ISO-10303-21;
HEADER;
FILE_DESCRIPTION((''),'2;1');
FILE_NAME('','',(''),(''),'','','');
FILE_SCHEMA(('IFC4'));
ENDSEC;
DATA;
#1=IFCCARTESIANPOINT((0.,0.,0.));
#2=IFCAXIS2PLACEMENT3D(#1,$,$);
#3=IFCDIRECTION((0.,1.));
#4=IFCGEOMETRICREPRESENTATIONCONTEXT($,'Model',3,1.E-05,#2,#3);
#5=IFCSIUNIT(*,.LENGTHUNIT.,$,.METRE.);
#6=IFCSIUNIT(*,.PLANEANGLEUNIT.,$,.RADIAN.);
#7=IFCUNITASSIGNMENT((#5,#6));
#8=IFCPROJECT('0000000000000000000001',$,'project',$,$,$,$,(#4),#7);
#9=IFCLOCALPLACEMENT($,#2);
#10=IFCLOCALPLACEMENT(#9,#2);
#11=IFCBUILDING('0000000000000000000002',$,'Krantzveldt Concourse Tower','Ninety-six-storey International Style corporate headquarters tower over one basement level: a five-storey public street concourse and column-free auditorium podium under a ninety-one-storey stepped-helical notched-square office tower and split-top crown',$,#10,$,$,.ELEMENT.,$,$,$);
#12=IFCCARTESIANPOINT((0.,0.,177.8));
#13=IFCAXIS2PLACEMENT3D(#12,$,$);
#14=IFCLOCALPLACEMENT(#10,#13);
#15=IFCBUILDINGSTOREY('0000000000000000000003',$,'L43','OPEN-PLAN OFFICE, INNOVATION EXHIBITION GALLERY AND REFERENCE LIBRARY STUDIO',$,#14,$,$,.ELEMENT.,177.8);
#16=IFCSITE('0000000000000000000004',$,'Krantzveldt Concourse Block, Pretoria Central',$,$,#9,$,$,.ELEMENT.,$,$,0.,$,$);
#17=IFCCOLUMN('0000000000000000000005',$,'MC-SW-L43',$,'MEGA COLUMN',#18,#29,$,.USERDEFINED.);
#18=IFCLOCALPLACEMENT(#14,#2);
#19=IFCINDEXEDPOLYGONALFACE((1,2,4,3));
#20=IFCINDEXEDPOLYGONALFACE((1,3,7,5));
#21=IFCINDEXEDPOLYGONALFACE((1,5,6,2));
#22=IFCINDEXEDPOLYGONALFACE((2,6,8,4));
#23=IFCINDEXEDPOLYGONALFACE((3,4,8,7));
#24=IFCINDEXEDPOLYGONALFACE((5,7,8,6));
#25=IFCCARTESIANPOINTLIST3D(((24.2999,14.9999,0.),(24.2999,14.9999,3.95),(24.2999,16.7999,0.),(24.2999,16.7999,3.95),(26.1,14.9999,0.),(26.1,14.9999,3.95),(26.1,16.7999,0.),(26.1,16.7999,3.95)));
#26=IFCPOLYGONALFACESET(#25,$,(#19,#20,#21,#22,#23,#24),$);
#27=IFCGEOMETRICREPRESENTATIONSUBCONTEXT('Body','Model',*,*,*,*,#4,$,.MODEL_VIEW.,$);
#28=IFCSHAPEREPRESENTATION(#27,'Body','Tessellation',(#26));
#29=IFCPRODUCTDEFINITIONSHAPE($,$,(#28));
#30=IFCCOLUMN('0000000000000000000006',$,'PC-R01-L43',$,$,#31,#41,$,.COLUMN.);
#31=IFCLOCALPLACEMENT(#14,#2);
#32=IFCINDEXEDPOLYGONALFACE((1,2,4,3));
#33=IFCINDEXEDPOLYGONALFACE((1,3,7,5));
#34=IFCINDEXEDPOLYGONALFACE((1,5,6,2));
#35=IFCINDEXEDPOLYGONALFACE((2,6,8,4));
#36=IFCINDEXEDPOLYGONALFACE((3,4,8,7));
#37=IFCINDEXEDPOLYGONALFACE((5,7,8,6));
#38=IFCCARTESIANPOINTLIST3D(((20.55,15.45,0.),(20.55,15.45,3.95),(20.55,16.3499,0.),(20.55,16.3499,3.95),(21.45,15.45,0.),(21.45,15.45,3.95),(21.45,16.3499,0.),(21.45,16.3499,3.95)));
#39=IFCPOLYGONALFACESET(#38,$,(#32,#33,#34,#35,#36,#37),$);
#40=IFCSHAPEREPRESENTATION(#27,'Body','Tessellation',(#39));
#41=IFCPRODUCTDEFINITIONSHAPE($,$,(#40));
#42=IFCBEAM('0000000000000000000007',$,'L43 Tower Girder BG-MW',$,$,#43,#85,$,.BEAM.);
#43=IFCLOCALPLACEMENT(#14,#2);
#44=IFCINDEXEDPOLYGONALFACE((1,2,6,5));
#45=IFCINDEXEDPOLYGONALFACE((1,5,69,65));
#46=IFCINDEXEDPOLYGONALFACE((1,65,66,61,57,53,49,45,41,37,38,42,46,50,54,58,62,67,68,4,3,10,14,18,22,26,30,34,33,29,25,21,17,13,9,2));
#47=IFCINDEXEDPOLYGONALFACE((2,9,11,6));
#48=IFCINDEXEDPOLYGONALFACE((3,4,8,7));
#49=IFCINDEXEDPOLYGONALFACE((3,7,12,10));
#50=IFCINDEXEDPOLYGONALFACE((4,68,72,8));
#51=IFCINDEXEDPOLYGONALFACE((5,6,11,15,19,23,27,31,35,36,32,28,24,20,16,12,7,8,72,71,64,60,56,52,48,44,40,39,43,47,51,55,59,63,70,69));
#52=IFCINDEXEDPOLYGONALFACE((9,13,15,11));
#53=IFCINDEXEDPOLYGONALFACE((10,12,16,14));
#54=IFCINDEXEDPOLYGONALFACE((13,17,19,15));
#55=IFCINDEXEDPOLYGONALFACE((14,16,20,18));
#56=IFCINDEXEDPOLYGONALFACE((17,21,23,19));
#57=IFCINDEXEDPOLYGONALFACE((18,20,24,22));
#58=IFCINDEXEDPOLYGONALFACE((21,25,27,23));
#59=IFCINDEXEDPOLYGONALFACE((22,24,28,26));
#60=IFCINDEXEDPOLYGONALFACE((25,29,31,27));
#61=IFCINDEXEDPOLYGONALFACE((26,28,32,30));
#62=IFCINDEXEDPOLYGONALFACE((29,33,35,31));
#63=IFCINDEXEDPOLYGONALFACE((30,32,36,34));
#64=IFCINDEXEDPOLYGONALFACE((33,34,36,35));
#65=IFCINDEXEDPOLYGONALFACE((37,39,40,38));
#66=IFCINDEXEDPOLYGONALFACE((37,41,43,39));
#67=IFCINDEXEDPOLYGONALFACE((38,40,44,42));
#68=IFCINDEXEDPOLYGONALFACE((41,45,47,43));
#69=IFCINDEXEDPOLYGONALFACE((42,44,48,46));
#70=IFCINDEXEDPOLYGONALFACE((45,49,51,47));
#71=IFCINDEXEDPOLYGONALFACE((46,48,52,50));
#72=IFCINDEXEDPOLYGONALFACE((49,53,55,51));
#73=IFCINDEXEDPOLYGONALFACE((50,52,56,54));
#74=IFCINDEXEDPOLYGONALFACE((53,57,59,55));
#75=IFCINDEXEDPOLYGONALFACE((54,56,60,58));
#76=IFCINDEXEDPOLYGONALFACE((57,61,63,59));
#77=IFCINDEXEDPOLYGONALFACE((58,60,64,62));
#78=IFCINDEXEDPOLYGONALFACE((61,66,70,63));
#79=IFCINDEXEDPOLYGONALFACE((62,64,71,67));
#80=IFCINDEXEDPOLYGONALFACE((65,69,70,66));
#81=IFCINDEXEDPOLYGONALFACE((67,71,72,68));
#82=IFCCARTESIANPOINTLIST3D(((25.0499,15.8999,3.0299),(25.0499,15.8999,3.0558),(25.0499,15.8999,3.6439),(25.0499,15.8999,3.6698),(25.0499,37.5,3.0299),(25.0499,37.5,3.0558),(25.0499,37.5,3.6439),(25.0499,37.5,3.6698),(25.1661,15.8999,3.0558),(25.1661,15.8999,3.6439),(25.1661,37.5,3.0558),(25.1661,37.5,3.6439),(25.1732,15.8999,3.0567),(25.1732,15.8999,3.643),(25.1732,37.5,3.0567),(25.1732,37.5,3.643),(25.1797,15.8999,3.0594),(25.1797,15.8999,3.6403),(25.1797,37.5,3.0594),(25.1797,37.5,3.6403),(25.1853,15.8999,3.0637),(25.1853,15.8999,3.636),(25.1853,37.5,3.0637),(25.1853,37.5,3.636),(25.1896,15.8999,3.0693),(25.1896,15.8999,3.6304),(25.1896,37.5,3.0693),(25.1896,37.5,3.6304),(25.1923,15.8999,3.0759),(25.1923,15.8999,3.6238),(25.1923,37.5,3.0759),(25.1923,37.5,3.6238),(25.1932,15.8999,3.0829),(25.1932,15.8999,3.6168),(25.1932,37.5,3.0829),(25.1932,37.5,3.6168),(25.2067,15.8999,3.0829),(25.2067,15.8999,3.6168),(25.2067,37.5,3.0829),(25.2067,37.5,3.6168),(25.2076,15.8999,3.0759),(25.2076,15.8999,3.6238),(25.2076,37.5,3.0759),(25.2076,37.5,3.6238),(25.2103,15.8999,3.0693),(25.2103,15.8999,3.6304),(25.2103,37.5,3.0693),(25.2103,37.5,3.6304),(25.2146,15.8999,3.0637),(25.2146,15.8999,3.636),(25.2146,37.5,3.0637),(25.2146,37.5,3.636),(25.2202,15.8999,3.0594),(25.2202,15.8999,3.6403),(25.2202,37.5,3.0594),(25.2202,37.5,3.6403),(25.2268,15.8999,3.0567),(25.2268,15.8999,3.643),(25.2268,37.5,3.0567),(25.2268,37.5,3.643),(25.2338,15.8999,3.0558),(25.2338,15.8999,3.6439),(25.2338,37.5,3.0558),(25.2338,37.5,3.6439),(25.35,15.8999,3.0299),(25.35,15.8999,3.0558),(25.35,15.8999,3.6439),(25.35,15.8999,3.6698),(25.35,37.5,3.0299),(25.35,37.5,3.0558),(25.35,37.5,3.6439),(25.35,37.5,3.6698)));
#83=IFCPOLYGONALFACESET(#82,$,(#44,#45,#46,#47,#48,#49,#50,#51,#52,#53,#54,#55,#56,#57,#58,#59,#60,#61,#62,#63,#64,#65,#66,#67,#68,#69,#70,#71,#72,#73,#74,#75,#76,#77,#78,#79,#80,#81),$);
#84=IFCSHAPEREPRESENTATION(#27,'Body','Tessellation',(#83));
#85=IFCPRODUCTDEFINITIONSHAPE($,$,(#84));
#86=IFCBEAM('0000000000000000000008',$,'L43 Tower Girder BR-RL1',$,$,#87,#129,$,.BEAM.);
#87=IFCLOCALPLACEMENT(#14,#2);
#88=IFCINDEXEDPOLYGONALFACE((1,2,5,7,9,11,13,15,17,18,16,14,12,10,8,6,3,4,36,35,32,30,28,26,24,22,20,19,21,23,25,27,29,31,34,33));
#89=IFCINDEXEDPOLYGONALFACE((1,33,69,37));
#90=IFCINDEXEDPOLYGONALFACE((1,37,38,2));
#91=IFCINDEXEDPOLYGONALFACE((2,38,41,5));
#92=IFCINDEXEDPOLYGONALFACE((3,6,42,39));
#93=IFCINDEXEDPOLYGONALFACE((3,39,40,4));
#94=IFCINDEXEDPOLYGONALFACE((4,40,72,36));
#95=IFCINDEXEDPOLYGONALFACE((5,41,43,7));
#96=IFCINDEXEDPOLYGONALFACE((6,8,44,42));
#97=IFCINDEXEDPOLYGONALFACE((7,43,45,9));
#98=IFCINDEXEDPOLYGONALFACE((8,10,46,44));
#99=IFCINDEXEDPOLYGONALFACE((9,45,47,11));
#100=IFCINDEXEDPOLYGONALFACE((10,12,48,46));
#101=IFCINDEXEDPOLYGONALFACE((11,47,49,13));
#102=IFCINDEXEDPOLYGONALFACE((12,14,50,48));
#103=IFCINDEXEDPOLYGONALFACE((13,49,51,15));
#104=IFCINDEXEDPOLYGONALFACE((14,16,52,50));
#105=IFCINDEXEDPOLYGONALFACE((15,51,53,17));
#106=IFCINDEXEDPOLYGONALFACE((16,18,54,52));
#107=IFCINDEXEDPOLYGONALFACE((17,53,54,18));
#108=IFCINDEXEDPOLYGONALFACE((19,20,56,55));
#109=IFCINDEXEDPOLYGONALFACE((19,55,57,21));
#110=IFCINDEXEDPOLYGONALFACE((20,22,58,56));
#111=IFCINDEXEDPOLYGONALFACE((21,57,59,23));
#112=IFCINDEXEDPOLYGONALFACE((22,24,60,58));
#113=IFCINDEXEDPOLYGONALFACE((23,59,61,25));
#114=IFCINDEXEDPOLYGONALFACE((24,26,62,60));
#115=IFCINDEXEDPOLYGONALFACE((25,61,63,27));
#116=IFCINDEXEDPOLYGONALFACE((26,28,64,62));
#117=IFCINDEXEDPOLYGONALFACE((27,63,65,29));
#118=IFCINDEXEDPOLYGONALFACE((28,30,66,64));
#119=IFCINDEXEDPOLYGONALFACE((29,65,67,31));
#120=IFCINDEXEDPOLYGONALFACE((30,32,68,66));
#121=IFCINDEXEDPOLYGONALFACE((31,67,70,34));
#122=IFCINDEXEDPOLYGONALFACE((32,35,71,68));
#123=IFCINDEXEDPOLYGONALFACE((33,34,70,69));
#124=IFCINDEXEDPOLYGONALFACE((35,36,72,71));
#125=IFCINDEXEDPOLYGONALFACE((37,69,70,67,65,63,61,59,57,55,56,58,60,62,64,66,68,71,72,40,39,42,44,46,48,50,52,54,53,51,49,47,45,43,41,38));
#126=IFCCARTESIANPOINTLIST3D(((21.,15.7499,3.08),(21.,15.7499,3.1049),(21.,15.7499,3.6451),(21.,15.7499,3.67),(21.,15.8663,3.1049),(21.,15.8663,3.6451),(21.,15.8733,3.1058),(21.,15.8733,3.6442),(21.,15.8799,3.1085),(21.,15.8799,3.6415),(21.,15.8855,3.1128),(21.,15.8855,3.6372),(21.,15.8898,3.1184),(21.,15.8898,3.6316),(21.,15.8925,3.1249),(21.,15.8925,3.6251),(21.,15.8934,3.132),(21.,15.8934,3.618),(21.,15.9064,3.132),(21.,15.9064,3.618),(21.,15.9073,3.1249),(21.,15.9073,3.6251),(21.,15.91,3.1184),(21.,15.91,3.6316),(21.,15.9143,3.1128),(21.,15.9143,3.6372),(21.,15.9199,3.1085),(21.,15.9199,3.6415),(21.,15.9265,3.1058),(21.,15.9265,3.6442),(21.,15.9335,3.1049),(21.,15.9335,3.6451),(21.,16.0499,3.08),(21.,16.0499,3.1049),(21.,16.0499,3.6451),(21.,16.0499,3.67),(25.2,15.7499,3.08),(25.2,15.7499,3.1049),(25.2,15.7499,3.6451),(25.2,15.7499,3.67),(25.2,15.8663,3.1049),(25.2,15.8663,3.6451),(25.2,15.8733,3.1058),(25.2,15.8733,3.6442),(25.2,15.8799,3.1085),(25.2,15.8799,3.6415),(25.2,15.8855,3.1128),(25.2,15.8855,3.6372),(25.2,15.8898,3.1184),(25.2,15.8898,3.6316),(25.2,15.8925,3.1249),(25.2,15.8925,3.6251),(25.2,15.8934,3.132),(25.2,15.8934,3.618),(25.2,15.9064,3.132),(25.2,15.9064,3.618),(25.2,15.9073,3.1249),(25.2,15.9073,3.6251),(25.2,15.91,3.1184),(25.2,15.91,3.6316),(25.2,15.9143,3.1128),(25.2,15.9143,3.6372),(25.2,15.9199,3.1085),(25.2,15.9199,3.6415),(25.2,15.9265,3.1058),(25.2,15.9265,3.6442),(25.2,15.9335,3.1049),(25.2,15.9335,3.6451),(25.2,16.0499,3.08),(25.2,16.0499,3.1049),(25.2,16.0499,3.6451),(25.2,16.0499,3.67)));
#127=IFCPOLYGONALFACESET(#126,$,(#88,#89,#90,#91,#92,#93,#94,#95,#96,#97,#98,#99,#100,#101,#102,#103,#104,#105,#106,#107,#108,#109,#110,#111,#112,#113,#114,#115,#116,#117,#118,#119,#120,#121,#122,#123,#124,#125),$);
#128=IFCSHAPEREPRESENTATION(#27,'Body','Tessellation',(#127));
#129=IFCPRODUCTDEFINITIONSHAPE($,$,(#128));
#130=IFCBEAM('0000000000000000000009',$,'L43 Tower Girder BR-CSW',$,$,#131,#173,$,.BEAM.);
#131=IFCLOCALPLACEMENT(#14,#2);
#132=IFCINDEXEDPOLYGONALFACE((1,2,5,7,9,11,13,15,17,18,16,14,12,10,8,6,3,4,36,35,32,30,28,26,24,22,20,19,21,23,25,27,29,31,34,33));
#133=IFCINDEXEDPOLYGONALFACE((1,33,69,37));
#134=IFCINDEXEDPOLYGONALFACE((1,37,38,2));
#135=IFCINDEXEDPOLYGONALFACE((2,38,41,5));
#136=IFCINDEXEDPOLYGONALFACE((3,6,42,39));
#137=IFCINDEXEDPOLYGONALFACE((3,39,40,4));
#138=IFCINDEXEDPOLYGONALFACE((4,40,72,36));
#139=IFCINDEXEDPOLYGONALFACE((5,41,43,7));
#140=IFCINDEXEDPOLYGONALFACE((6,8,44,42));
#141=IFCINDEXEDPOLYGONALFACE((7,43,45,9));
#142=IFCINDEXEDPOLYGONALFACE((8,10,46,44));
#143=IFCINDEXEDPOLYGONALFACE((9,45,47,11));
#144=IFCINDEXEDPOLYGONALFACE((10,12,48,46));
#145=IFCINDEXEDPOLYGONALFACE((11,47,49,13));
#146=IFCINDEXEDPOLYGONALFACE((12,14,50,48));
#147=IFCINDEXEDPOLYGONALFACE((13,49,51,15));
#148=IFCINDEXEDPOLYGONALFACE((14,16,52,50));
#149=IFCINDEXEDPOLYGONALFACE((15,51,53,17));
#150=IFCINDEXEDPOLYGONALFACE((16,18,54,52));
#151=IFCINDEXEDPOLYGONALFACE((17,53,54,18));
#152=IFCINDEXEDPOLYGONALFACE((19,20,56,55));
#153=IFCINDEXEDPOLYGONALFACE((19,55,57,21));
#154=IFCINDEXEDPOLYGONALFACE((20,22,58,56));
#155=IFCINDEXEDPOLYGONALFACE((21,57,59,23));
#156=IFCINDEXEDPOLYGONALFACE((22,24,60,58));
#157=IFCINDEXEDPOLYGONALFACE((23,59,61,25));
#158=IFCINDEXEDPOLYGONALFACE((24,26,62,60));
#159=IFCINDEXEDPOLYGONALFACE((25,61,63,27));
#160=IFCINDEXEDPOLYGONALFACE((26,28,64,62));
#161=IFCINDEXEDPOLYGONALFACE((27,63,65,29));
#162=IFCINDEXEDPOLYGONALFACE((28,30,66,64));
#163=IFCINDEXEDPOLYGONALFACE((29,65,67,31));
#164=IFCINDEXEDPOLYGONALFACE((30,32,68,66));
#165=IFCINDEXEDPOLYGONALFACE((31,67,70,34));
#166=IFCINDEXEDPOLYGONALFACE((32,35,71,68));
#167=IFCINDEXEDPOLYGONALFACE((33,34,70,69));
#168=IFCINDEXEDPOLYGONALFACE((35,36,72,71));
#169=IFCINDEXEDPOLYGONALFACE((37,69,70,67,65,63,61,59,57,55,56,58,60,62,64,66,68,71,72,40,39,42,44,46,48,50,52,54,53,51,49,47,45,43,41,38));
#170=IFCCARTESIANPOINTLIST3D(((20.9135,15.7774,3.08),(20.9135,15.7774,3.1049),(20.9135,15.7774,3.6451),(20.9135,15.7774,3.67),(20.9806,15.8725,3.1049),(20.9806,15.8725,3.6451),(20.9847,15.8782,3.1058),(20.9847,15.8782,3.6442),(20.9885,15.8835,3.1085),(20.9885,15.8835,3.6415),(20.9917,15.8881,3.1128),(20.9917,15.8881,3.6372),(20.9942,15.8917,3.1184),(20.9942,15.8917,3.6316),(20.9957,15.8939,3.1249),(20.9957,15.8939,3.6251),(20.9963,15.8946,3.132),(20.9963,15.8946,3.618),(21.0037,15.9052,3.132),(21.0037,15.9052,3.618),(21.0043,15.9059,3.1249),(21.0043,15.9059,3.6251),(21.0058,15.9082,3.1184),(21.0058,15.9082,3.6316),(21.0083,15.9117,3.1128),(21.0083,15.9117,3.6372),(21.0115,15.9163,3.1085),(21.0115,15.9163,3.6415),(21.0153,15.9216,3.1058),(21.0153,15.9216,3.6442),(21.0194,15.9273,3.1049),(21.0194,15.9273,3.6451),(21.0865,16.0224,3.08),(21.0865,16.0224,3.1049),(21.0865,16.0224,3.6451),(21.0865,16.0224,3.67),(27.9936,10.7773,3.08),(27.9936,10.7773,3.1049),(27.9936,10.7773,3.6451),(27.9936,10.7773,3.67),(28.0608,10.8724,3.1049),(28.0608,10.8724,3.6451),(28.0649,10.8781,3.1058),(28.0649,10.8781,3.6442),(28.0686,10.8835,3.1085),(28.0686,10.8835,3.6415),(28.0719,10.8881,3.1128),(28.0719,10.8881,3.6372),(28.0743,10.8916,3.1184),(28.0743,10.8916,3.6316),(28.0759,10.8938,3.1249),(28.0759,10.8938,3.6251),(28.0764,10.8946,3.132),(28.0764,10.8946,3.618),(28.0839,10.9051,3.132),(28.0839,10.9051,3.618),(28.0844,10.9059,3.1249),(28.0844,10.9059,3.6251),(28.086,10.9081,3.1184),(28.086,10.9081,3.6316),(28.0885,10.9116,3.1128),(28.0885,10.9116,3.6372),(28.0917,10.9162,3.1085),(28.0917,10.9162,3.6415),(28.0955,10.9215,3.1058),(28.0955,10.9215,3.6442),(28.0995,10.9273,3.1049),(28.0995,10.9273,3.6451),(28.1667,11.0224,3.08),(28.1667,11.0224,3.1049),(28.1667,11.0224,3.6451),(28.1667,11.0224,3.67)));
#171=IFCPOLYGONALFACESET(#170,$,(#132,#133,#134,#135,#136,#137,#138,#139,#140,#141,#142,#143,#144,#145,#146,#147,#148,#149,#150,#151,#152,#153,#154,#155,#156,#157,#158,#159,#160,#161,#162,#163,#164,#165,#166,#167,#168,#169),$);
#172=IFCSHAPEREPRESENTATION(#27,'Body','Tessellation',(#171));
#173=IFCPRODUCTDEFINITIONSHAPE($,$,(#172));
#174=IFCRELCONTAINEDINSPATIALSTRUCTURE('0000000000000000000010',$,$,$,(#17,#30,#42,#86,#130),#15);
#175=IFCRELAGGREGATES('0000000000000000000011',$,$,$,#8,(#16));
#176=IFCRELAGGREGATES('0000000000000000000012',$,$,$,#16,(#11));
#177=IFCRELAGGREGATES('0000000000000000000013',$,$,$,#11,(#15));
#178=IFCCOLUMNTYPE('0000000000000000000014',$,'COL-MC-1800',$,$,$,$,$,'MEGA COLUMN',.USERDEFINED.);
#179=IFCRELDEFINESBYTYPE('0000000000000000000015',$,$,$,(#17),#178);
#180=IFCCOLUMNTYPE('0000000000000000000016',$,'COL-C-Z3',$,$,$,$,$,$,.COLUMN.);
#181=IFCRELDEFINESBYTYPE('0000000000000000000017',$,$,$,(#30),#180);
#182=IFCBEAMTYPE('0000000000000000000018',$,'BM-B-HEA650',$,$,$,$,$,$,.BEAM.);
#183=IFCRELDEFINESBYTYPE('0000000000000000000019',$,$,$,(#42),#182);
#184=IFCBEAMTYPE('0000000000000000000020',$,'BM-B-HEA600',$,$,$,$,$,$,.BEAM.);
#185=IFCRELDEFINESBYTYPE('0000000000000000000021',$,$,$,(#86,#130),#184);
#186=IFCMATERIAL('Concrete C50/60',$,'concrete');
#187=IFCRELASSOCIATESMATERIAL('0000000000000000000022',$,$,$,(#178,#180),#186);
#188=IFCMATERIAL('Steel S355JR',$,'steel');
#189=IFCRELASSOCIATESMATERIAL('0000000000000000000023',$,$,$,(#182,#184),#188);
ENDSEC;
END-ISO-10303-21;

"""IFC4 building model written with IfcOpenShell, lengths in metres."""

from ifc_helpers import new_model, si_unit, direction, frame, origin, origin_2d, place, context, subcontext, project, spatial, rectangle, i_section, extrude, source, transform, mapped, material, material_profile, profile_set, type_object, type_shapes, element, save


model = new_model("IFC4")

# Units and contexts
model_context = context("Model", 3, precision=1e-05, world=origin(), true_north=direction((0.0, 1.0)))
body_context = subcontext(model_context, "Body", "Model", "MODEL_VIEW")
ifc_project = project(units=[si_unit("LENGTHUNIT", "METRE"), si_unit("PLANEANGLEUNIT", "RADIAN")], contexts=[model_context])

# Site, building, storey
site_placement = place(None, origin())
site = spatial("IfcSite", under=ifc_project, at=site_placement, Name="Krantzveldt Concourse Block, Pretoria Central", CompositionType="ELEMENT", RefElevation=0.0)
building_placement = place(site_placement, origin())
building = spatial("IfcBuilding", under=site, at=building_placement, Name="Krantzveldt Concourse Tower", Description="Ninety-six-storey International Style corporate headquarters tower over one basement level: a five-storey public street concourse and column-free auditorium podium under a ninety-one-storey stepped-helical notched-square office tower and split-top crown", CompositionType="ELEMENT")
storey_placement = place(building_placement, frame((0.0, 0.0, 177.8)))
storey = spatial("IfcBuildingStorey", under=building, at=storey_placement, Name="L43", Description="OPEN-PLAN OFFICE, INNOVATION EXHIBITION GALLERY AND REFERENCE LIBRARY STUDIO", CompositionType="ELEMENT", Elevation=177.8)

# Columns
ifc_material_1 = material(Name="Concrete C50/60", Category="concrete")
ifc_material_profile_1 = material_profile(ifc_material_1, rectangle(XDim=1.8, YDim=1.8, at=origin_2d()), Name="Concrete C50/60", Category="concrete")
ifc_profile_set_1 = profile_set([ifc_material_profile_1], Name="Concrete C50/60 - RC 1800x1800")
column_type_1 = type_object("IfcColumnType", Name="COL-MC-1800", ElementType="MEGA COLUMN", PredefinedType="USERDEFINED", material=ifc_profile_set_1)
shared_shape_1 = source(origin(), body_context, "Body", "SweptSolid", [
    extrude(rectangle(XDim=1.8, YDim=1.8, at=origin_2d()), origin(), (0.0, 0.0, 1.0), 3.95),
])
type_shapes(column_type_1, [shared_shape_1])
column_1_placement = place(storey_placement, frame((25.2, 15.8999, 0.0), z_axis=(0.0, 0.0, 1.0), x_axis=(1.0, 0.0, 0.0)))
element("IfcColumn", 1, at=column_1_placement, inside=storey, type_object=column_type_1, Name="MC-SW-L43", ObjectType="MEGA COLUMN", PredefinedType="USERDEFINED", context=body_context, shape_type="MappedRepresentation", body=[
    mapped(shared_shape_1, transform((0.0, 0.0, 0.0), x_axis=(1.0, 0.0, 0.0), y_axis=(0.0, 1.0, 0.0), z_axis=(0.0, 0.0, 1.0), scale=1.0)),
])
ifc_material_profile_2 = material_profile(ifc_material_1, rectangle(XDim=0.8999, YDim=0.8999, at=origin_2d()), Name="Concrete C50/60", Category="concrete")
ifc_profile_set_2 = profile_set([ifc_material_profile_2], Name="Concrete C50/60 - RC 900x900")
column_type_2 = type_object("IfcColumnType", Name="COL-C-Z3", PredefinedType="COLUMN", material=ifc_profile_set_2)
shared_shape_2 = source(origin(), body_context, "Body", "SweptSolid", [
    extrude(rectangle(XDim=0.8999, YDim=0.8999, at=origin_2d()), origin(), (0.0, 0.0, 1.0), 3.95),
])
type_shapes(column_type_2, [shared_shape_2])
column_2_placement = place(storey_placement, frame((21.0, 15.8999, 0.0), z_axis=(0.0, 0.0, 1.0), x_axis=(1.0, 0.0, 0.0)))
element("IfcColumn", 2, at=column_2_placement, inside=storey, type_object=column_type_2, Name="PC-R01-L43", PredefinedType="COLUMN", context=body_context, shape_type="MappedRepresentation", body=[
    mapped(shared_shape_2, transform((0.0, 0.0, 0.0), x_axis=(1.0, 0.0, 0.0), y_axis=(0.0, 1.0, 0.0), z_axis=(0.0, 0.0, 1.0), scale=1.0)),
])

# Beams
ifc_material_2 = material(Name="Steel S355JR", Category="steel")
ifc_material_profile_3 = material_profile(ifc_material_2, i_section(OverallWidth=0.3, OverallDepth=0.6399, WebThickness=0.0134, FlangeThickness=0.0259, FilletRadius=0.0271, at=origin_2d()), Name="Steel S355JR", Category="steel")
ifc_profile_set_3 = profile_set([ifc_material_profile_3], Name="Steel S355JR - HEA 650")
beam_type_1 = type_object("IfcBeamType", Name="BM-B-HEA650", PredefinedType="BEAM", material=ifc_profile_set_3)
shared_shape_3 = source(origin(), body_context, "Body", "SweptSolid", [
    extrude(i_section(OverallWidth=0.3, OverallDepth=0.6399, WebThickness=0.0134, FlangeThickness=0.0259, FilletRadius=0.0271, at=origin_2d()), origin(), (0.0, 0.0, 1.0), 21.6001),
])
beam_1_placement = place(storey_placement, frame((25.2, 15.8999, 3.3499), z_axis=(0.0, 1.0, 0.0), x_axis=(-1.0, 0.0, 0.0)))
element("IfcBeam", 3, at=beam_1_placement, inside=storey, type_object=beam_type_1, Name="L43 Tower Girder BG-MW", PredefinedType="BEAM", context=body_context, shape_type="MappedRepresentation", body=[
    mapped(shared_shape_3, transform((0.0, 0.0, 0.0), x_axis=(1.0, 0.0, 0.0), y_axis=(0.0, 1.0, 0.0), z_axis=(0.0, 0.0, 1.0), scale=1.0)),
])
ifc_material_profile_4 = material_profile(ifc_material_2, i_section(OverallWidth=0.3, OverallDepth=0.5901, WebThickness=0.0129, FlangeThickness=0.0249, FilletRadius=0.0271, at=origin_2d()), Name="Steel S355JR", Category="steel")
ifc_profile_set_4 = profile_set([ifc_material_profile_4], Name="Steel S355JR - HEA 600")
beam_type_2 = type_object("IfcBeamType", Name="BM-B-HEA600", PredefinedType="BEAM", material=ifc_profile_set_4)
shared_shape_4 = source(origin(), body_context, "Body", "SweptSolid", [
    extrude(i_section(OverallWidth=0.3, OverallDepth=0.5901, WebThickness=0.0129, FlangeThickness=0.0249, FilletRadius=0.0271, at=origin_2d()), origin(), (0.0, 0.0, 1.0), 4.2),
])
beam_2_placement = place(storey_placement, frame((21.0, 15.8999, 3.375), z_axis=(1.0, 0.0, 0.0), x_axis=(0.0, 1.0, 0.0)))
element("IfcBeam", 4, at=beam_2_placement, inside=storey, type_object=beam_type_2, Name="L43 Tower Girder BR-RL1", PredefinedType="BEAM", context=body_context, shape_type="MappedRepresentation", body=[
    mapped(shared_shape_4, transform((0.0, 0.0, 0.0), x_axis=(1.0, 0.0, 0.0), y_axis=(0.0, 1.0, 0.0), z_axis=(0.0, 0.0, 1.0), scale=1.0)),
])
shared_shape_5 = source(origin(), body_context, "Body", "SweptSolid", [
    extrude(i_section(OverallWidth=0.3, OverallDepth=0.5901, WebThickness=0.0129, FlangeThickness=0.0249, FilletRadius=0.0271, at=origin_2d()), origin(), (0.0, 0.0, 1.0), 8.6677),
])
type_shapes(beam_type_2, [shared_shape_4, shared_shape_5])
beam_3_placement = place(storey_placement, frame((21.0, 15.8999, 3.375), z_axis=(0.816843, -0.57686, 0.0), x_axis=(0.57686, 0.816843, 0.0)))
element("IfcBeam", 5, at=beam_3_placement, inside=storey, type_object=beam_type_2, Name="L43 Tower Girder BR-CSW", PredefinedType="BEAM", context=body_context, shape_type="MappedRepresentation", body=[
    mapped(shared_shape_5, transform((0.0, 0.0, 0.0), x_axis=(1.0, 0.0, 0.0), y_axis=(0.0, 1.0, 0.0), z_axis=(0.0, 0.0, 1.0), scale=1.0)),
])

save(model, "model.ifc")
